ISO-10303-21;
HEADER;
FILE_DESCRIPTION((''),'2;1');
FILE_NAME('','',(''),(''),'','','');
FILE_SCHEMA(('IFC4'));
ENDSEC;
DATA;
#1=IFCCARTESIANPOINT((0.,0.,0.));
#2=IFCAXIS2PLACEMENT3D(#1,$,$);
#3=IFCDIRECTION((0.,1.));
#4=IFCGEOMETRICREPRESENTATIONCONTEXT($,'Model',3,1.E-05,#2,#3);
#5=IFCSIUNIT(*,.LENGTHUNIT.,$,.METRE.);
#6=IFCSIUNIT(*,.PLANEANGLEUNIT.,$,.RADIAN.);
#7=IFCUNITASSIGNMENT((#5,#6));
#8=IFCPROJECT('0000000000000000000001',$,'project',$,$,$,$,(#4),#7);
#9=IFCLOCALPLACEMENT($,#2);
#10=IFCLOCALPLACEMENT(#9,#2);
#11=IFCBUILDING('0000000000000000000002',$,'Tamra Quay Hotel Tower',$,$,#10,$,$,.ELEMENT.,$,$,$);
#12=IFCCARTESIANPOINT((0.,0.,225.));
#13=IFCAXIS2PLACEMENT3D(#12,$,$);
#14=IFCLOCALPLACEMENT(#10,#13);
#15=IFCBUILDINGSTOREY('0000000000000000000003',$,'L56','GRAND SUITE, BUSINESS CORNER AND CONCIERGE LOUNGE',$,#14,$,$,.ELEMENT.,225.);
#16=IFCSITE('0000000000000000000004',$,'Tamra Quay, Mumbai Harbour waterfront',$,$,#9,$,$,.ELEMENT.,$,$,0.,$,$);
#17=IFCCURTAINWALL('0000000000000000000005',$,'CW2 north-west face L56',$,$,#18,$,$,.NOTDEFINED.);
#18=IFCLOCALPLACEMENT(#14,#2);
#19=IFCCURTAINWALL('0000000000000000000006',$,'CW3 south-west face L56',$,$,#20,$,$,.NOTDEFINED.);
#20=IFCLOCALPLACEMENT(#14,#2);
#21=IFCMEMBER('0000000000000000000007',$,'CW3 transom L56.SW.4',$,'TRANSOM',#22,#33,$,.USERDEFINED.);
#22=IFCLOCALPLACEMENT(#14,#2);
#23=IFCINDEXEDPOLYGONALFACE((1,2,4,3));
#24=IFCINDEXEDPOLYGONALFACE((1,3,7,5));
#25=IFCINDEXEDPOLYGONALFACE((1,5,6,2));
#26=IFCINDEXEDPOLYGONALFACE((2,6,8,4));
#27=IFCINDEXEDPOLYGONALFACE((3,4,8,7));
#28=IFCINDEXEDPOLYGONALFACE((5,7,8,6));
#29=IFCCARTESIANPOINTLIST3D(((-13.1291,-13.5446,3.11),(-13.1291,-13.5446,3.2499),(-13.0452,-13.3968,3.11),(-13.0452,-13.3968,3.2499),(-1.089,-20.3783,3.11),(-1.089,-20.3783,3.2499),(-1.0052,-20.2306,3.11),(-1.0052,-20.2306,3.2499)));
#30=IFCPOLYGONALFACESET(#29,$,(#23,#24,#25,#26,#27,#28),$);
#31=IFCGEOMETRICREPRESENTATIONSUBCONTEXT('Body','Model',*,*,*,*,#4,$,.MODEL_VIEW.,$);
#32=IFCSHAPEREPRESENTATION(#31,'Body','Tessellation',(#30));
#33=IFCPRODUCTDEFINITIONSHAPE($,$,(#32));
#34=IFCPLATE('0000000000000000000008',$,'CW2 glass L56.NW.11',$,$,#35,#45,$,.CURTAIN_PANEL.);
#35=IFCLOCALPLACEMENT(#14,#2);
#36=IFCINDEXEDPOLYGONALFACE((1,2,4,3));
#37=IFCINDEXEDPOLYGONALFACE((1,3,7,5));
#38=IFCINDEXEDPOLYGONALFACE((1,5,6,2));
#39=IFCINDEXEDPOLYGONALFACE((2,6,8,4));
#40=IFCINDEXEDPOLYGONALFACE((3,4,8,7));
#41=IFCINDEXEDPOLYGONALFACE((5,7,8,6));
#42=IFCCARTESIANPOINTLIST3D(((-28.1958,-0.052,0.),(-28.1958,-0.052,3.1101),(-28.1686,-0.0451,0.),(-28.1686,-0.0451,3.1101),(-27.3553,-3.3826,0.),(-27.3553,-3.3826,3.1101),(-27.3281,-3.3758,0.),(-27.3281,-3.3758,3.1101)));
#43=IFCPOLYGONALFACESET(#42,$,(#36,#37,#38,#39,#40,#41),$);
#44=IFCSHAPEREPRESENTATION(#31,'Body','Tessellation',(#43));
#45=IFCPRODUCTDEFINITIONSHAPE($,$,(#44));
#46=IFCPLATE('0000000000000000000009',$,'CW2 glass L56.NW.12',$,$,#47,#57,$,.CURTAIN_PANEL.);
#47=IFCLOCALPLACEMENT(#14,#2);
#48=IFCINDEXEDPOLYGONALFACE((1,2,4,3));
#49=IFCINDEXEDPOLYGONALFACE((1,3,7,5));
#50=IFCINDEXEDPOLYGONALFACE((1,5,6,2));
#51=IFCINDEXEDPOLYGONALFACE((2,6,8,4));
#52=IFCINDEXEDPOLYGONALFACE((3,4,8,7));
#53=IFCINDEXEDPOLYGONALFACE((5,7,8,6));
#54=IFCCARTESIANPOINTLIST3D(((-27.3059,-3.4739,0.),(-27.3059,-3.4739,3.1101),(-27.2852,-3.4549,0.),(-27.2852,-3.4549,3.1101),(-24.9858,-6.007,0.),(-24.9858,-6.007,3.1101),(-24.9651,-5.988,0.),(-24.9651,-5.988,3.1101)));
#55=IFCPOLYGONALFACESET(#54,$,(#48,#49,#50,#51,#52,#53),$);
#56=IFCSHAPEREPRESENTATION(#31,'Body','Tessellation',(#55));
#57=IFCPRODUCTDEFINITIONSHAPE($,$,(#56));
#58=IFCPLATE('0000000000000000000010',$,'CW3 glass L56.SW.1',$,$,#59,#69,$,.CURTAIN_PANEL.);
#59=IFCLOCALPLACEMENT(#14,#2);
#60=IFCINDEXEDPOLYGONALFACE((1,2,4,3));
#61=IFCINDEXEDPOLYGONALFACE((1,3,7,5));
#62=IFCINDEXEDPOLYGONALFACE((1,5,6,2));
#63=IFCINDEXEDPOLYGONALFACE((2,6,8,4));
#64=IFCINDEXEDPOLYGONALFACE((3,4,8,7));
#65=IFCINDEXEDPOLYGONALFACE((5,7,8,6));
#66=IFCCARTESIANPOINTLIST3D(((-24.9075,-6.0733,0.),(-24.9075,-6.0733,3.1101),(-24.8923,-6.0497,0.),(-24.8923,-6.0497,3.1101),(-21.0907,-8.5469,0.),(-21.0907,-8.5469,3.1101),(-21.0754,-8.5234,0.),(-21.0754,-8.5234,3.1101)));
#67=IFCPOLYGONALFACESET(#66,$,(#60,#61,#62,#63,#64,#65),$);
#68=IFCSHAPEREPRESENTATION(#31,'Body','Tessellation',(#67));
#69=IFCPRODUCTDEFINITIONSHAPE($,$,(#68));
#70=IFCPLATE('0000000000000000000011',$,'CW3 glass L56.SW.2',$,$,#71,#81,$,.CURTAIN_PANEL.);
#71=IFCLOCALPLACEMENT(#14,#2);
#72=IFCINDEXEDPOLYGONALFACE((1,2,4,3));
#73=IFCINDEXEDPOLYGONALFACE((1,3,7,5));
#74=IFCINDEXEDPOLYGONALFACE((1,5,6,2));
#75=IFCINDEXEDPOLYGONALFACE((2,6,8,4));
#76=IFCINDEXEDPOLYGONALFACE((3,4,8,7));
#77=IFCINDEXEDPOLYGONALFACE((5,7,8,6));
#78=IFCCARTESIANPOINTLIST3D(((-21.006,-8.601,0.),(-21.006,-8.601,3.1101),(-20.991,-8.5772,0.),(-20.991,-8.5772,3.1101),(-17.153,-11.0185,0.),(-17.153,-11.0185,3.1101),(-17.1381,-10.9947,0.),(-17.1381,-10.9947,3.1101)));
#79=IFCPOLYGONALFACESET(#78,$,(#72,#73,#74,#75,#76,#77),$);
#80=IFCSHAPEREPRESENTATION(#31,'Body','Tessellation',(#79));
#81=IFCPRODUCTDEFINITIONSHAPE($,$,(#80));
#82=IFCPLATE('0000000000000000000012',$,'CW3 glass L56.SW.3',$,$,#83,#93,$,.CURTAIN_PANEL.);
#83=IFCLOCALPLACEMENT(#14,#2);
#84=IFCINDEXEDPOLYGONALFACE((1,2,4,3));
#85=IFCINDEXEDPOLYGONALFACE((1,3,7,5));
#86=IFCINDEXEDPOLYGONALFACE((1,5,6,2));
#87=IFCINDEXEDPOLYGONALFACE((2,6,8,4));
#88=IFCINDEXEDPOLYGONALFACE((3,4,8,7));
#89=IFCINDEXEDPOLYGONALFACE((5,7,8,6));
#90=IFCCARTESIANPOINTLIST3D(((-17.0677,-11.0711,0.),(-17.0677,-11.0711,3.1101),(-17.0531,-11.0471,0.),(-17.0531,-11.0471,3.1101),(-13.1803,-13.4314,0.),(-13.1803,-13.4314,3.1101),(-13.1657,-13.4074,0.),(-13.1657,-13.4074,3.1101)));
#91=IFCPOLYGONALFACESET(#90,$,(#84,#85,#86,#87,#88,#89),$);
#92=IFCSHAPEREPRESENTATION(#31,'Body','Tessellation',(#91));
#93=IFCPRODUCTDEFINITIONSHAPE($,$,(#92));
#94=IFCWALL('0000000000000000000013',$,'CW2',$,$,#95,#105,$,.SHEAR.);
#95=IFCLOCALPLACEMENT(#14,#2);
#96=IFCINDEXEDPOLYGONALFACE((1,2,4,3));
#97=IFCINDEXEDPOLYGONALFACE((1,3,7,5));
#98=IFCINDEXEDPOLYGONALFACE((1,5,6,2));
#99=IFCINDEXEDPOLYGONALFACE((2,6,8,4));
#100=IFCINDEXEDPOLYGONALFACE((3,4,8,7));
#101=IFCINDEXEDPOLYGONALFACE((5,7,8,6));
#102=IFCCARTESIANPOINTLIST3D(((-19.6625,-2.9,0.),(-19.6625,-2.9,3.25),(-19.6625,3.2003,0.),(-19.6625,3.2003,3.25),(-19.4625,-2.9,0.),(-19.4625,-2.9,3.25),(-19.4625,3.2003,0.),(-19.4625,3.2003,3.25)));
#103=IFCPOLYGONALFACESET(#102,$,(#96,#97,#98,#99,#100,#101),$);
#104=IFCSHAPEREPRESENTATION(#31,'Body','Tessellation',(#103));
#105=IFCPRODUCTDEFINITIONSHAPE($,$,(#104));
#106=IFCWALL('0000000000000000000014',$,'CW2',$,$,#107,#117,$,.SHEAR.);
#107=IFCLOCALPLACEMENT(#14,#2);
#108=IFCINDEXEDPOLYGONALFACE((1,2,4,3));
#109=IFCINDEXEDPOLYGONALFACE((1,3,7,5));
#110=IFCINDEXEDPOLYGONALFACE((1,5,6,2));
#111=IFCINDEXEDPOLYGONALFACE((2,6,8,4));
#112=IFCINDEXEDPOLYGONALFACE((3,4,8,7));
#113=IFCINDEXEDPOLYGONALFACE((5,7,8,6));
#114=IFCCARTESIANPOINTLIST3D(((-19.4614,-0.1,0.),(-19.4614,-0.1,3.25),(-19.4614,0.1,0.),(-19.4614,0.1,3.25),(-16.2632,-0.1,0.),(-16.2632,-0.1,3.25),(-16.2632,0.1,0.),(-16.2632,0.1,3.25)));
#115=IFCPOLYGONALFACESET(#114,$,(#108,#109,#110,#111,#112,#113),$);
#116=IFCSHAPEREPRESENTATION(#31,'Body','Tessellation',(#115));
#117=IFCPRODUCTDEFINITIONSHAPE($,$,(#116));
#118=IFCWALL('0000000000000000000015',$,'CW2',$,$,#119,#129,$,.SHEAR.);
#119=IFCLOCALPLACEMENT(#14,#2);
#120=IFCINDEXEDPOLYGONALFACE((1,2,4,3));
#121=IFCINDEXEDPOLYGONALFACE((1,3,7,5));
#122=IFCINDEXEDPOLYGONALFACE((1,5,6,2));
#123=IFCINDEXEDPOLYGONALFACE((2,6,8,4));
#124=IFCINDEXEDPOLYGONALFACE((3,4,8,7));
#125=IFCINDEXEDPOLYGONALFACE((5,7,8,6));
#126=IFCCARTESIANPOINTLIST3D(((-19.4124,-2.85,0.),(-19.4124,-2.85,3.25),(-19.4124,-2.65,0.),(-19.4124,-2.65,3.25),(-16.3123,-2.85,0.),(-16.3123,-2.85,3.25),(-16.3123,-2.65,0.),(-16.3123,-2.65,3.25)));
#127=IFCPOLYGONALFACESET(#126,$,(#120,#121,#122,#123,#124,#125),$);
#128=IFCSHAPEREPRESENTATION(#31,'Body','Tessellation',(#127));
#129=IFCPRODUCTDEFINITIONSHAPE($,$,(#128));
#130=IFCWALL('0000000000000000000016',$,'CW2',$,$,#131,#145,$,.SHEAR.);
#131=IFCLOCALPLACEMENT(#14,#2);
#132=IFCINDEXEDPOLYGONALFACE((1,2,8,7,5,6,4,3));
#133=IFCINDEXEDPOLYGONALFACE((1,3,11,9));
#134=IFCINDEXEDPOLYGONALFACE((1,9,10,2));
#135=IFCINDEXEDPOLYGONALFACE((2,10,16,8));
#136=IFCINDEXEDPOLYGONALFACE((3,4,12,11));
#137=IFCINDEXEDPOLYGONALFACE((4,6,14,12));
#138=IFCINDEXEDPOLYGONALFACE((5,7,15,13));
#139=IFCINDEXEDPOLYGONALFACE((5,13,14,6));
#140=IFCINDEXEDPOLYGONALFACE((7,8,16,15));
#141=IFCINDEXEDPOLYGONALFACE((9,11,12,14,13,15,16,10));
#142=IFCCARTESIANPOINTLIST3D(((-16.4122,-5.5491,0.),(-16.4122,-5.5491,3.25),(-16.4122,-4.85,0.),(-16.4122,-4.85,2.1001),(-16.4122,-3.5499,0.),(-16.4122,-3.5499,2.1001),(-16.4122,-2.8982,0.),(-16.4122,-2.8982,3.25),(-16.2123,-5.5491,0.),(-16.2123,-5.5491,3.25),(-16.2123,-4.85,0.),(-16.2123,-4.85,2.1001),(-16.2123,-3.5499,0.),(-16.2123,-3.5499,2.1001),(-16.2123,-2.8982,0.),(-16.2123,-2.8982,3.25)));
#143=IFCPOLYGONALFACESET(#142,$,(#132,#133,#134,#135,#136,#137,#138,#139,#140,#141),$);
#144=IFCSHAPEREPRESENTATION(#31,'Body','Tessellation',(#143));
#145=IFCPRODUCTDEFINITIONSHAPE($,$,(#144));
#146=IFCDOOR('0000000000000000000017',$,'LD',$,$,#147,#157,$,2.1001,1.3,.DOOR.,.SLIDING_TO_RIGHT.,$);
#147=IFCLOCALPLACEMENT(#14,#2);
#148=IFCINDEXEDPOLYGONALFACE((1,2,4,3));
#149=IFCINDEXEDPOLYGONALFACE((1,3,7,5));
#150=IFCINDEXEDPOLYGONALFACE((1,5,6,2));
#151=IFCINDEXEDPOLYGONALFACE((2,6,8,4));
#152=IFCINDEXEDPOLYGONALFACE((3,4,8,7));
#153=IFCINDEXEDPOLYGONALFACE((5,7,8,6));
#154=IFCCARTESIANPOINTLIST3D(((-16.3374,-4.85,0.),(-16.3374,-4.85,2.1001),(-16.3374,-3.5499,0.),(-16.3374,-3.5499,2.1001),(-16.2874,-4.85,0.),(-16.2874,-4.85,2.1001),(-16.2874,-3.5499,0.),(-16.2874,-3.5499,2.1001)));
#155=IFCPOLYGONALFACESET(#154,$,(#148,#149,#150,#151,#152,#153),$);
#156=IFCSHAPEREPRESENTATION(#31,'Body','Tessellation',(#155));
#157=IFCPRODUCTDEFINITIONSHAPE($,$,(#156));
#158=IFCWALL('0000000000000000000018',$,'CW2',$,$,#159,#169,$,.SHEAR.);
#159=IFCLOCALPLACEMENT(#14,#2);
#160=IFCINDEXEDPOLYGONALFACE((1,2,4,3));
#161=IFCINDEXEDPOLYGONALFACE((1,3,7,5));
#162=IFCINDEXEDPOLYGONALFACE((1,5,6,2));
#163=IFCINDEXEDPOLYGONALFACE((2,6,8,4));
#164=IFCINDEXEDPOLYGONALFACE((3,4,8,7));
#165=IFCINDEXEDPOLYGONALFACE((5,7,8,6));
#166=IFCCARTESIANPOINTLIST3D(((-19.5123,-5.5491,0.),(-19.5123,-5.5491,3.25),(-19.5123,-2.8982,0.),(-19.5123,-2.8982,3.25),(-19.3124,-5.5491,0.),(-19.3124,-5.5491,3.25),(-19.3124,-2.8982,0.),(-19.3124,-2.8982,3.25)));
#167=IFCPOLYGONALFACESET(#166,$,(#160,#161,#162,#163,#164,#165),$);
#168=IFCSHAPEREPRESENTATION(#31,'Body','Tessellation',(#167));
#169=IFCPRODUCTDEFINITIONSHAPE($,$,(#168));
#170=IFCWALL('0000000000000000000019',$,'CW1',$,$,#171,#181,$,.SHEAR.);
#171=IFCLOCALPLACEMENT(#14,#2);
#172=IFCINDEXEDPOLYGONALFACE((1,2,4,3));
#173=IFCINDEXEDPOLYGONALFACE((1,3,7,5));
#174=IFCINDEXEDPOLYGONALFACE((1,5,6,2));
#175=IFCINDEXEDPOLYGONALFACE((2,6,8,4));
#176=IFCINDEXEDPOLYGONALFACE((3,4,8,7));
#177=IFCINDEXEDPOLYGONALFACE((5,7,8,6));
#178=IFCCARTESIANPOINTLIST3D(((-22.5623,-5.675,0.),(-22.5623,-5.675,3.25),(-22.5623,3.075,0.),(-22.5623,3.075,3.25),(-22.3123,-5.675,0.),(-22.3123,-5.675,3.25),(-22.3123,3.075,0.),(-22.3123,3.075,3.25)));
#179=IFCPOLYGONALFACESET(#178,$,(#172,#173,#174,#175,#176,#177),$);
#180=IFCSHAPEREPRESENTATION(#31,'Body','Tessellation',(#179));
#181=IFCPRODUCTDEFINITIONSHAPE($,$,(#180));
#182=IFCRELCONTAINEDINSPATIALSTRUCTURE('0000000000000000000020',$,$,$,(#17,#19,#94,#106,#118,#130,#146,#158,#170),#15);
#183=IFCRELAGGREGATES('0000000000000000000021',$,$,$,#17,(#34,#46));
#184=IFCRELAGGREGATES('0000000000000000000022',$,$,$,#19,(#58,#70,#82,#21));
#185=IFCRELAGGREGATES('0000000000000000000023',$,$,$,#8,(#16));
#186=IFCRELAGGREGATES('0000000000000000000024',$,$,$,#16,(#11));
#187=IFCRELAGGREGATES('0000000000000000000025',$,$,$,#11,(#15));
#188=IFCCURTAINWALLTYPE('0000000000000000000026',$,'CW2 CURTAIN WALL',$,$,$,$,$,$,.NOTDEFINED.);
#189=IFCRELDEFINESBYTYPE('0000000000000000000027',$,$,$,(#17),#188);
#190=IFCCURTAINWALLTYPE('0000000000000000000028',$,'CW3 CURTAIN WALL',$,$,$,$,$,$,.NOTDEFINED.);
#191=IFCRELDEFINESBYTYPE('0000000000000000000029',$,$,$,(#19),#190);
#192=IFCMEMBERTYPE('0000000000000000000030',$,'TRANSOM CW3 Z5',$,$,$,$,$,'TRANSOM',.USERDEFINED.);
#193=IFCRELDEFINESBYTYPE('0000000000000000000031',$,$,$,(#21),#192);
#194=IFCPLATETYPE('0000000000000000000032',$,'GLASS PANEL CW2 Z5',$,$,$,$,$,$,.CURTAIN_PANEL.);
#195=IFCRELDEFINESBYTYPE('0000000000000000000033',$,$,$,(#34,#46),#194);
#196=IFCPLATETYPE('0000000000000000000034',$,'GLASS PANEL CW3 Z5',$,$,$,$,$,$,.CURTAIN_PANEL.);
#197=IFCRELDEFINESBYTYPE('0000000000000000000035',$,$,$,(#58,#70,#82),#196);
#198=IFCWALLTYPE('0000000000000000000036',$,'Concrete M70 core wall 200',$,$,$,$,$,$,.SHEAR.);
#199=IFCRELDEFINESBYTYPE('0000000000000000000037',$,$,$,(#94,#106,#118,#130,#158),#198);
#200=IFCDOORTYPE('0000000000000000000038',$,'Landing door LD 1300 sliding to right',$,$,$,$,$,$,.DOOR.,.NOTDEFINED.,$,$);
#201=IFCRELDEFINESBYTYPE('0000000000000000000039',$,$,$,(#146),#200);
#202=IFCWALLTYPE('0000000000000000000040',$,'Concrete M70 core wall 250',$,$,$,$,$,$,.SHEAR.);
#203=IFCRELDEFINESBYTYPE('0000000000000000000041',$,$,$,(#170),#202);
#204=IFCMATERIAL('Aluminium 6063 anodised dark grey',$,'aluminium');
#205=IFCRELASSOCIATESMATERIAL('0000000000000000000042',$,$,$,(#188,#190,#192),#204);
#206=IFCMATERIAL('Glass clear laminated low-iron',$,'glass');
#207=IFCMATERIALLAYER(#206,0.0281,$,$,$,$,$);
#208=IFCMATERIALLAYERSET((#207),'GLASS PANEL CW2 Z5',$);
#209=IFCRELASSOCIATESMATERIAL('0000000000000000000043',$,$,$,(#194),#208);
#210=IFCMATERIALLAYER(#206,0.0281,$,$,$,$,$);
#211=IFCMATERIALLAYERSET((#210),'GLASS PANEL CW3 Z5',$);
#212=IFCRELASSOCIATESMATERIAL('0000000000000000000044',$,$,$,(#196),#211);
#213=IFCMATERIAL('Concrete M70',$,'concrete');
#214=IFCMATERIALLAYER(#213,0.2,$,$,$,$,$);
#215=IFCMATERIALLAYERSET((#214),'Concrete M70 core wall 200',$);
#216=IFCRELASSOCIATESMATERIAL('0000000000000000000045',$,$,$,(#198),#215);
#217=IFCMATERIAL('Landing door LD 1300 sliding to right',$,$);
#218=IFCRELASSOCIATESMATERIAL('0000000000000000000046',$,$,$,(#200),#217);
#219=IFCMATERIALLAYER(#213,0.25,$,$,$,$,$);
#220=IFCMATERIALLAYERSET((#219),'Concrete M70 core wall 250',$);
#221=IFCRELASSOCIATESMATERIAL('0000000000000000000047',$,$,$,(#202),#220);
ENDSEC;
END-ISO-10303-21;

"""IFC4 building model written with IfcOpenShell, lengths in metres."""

from ifc_helpers import new_model, si_unit, direction, frame, frame_2d, origin, origin_2d, place, context, subcontext, project, spatial, rectangle, extrude, material, layer, layer_set, material_profile, profile_set, type_object, element, fill, aggregate, save


model = new_model("IFC4")

# Units and contexts
model_context = context("Model", 3, precision=1e-05, world=origin(), true_north=direction((0.0, 1.0)))
body_context = subcontext(model_context, "Body", "Model", "MODEL_VIEW")
ifc_project = project(units=[si_unit("LENGTHUNIT", "METRE"), si_unit("PLANEANGLEUNIT", "RADIAN")], contexts=[model_context])

# Site, building, storey
site_placement = place(None, origin())
site = spatial("IfcSite", under=ifc_project, at=site_placement, Name="Tamra Quay, Mumbai Harbour waterfront", CompositionType="ELEMENT", RefElevation=0.0)
building_placement = place(site_placement, origin())
building = spatial("IfcBuilding", under=site, at=building_placement, Name="Tamra Quay Hotel Tower", CompositionType="ELEMENT")
storey_placement = place(building_placement, frame((0.0, 0.0, 225.0)))
storey = spatial("IfcBuildingStorey", under=building, at=storey_placement, Name="L56", Description="GRAND SUITE, BUSINESS CORNER AND CONCIERGE LOUNGE", CompositionType="ELEMENT", Elevation=225.0)

# Shared definitions
ifc_material_1 = material(Name="Concrete M70", Category="concrete")

# Curtain wall
ifc_material_2 = material(Name="Aluminium 6063 anodised dark grey", Category="aluminium")
curtain_wall_type_1 = type_object("IfcCurtainWallType", Name="CW2 CURTAIN WALL", PredefinedType="NOTDEFINED", material=ifc_material_2)
curtain_wall_1_placement = place(storey_placement, origin())
curtain_wall_1 = element("IfcCurtainWall", 1, at=curtain_wall_1_placement, inside=storey, type_object=curtain_wall_type_1, Name="CW2 north-west face L56", PredefinedType="NOTDEFINED")

# Curtain wall
curtain_wall_type_2 = type_object("IfcCurtainWallType", Name="CW3 CURTAIN WALL", PredefinedType="NOTDEFINED", material=ifc_material_2)
curtain_wall_2_placement = place(storey_placement, origin())
curtain_wall_2 = element("IfcCurtainWall", 2, at=curtain_wall_2_placement, inside=storey, type_object=curtain_wall_type_2, Name="CW3 south-west face L56", PredefinedType="NOTDEFINED")

# Member
ifc_material_profile_1 = material_profile(ifc_material_2, rectangle(XDim=0.1699, YDim=0.1399, at=origin_2d()), Name="TRANSOM 170X140")
ifc_profile_set_1 = profile_set([ifc_material_profile_1], Name="Aluminium 6063 anodised dark grey")
member_type_1 = type_object("IfcMemberType", Name="TRANSOM CW3 Z5", ElementType="TRANSOM", PredefinedType="USERDEFINED", material=ifc_profile_set_1)
member_1_placement = place(storey_placement, frame((-13.0872, -13.4707, 3.1799), z_axis=(0.86968, -0.493617, 0.0), x_axis=(0.493617, 0.86968, 0.0)))
member_1 = element("IfcMember", 3, at=member_1_placement, type_object=member_type_1, Name="CW3 transom L56.SW.4", ObjectType="TRANSOM", PredefinedType="USERDEFINED", context=body_context, shape_type="SweptSolid", body=[
    extrude(rectangle(XDim=0.1699, YDim=0.1399, at=origin_2d()), origin(), (0.0, 0.0, 1.0), 13.8442),
])

# Plates
ifc_material_3 = material(Name="Glass clear laminated low-iron", Category="glass")
ifc_layer_1 = layer(ifc_material_3, 0.0281)
ifc_layer_set_1 = layer_set([ifc_layer_1], Name="GLASS PANEL CW2 Z5")
plate_type_1 = type_object("IfcPlateType", Name="GLASS PANEL CW2 Z5", PredefinedType="CURTAIN_PANEL", material=ifc_layer_set_1)
plate_1_placement = place(storey_placement, frame((-27.762, -1.7139, 0.0), z_axis=(0.0, 0.0, 1.0), x_axis=(0.244677, -0.969605, 0.0)))
plate_1 = element("IfcPlate", 4, at=plate_1_placement, type_object=plate_type_1, Name="CW2 glass L56.NW.11", PredefinedType="CURTAIN_PANEL", context=body_context, shape_type="SweptSolid", body=[
    extrude(rectangle(XDim=3.4351, YDim=0.0281, at=origin_2d()), origin(), (0.0, 0.0, 1.0), 3.1101),
])
plate_2_placement = place(storey_placement, frame((-26.1355, -4.731, 0.0), z_axis=(0.0, 0.0, 1.0), x_axis=(0.675438, -0.737417, 0.0)))
plate_2 = element("IfcPlate", 5, at=plate_2_placement, type_object=plate_type_1, Name="CW2 glass L56.NW.12", PredefinedType="CURTAIN_PANEL", context=body_context, shape_type="SweptSolid", body=[
    extrude(rectangle(XDim=3.4351, YDim=0.0281, at=origin_2d()), origin(), (0.0, 0.0, 1.0), 3.1101),
])
aggregate(curtain_wall_1, [plate_1, plate_2])
ifc_layer_2 = layer(ifc_material_3, 0.0281)
ifc_layer_set_2 = layer_set([ifc_layer_2], Name="GLASS PANEL CW3 Z5")
plate_type_2 = type_object("IfcPlateType", Name="GLASS PANEL CW3 Z5", PredefinedType="CURTAIN_PANEL", material=ifc_layer_set_2)
plate_3_placement = place(storey_placement, frame((-22.9915, -7.2983, 0.0), z_axis=(0.0, 0.0, 1.0), x_axis=(0.839179, -0.543856, 0.0)))
plate_3 = element("IfcPlate", 6, at=plate_3_placement, type_object=plate_type_2, Name="CW3 glass L56.SW.1", PredefinedType="CURTAIN_PANEL", context=body_context, shape_type="SweptSolid", body=[
    extrude(rectangle(XDim=4.5483, YDim=0.0281, at=origin_2d()), origin(), (0.0, 0.0, 1.0), 3.1101),
])
plate_4_placement = place(storey_placement, frame((-19.072, -9.7979, 0.0), z_axis=(0.0, 0.0, 1.0), x_axis=(0.847068, -0.531484, 0.0)))
plate_4 = element("IfcPlate", 7, at=plate_4_placement, type_object=plate_type_2, Name="CW3 glass L56.SW.2", PredefinedType="CURTAIN_PANEL", context=body_context, shape_type="SweptSolid", body=[
    extrude(rectangle(XDim=4.5486, YDim=0.0281, at=origin_2d()), origin(), (0.0, 0.0, 1.0), 3.1101),
])
plate_5_placement = place(storey_placement, frame((-15.1167, -12.2393, 0.0), z_axis=(0.0, 0.0, 1.0), x_axis=(0.854783, -0.518985, 0.0)))
plate_5 = element("IfcPlate", 8, at=plate_5_placement, type_object=plate_type_2, Name="CW3 glass L56.SW.3", PredefinedType="CURTAIN_PANEL", context=body_context, shape_type="SweptSolid", body=[
    extrude(rectangle(XDim=4.5479, YDim=0.0281, at=origin_2d()), origin(), (0.0, 0.0, 1.0), 3.1101),
])
aggregate(curtain_wall_2, [plate_3, plate_4, plate_5, member_1])

# Walls
ifc_layer_3 = layer(ifc_material_1, 0.2)
ifc_layer_set_3 = layer_set([ifc_layer_3], Name="Concrete M70 core wall 200")
wall_type_1 = type_object("IfcWallType", Name="Concrete M70 core wall 200", PredefinedType="SHEAR", material=ifc_layer_set_3)
wall_1_placement = place(storey_placement, frame((-19.5625, -2.9001, 0.0), z_axis=(0.0, 0.0, 1.0), x_axis=(0.0, 1.0, 0.0)))
element("IfcWall", 9, at=wall_1_placement, inside=storey, type_object=wall_type_1, Name="CW2", PredefinedType="SHEAR", context=body_context, shape_type="SweptSolid", body=[
    extrude(rectangle(XDim=6.1003, YDim=0.2, at=frame_2d((3.0503, 0.0))), origin(), (0.0, 0.0, 1.0), 3.25),
])
wall_2_placement = place(storey_placement, frame((-16.2632, 0.0, 0.0), z_axis=(0.0, 0.0, 1.0), x_axis=(-1.0, 0.0, 0.0)))
element("IfcWall", 10, at=wall_2_placement, inside=storey, type_object=wall_type_1, Name="CW2", PredefinedType="SHEAR", context=body_context, shape_type="SweptSolid", body=[
    extrude(rectangle(XDim=3.1982, YDim=0.2, at=frame_2d((1.5991, 0.0))), origin(), (0.0, 0.0, 1.0), 3.25),
])
wall_3_placement = place(storey_placement, frame((-19.4124, -2.75, 0.0), z_axis=(0.0, 0.0, 1.0), x_axis=(1.0, 0.0, 0.0)))
element("IfcWall", 11, at=wall_3_placement, inside=storey, type_object=wall_type_1, Name="CW2", PredefinedType="SHEAR", context=body_context, shape_type="SweptSolid", body=[
    extrude(rectangle(XDim=3.1001, YDim=0.2, at=frame_2d((1.55, 0.0))), origin(), (0.0, 0.0, 1.0), 3.25),
])

# Wall, opening, door
wall_4_placement = place(storey_placement, frame((-16.3123, -2.8982, 0.0), z_axis=(0.0, 0.0, 1.0), x_axis=(0.0, -1.0, 0.0)))
wall_4 = element("IfcWall", 12, at=wall_4_placement, inside=storey, type_object=wall_type_1, Name="CW2", PredefinedType="SHEAR", context=body_context, shape_type="SweptSolid", body=[
    extrude(rectangle(XDim=2.6509, YDim=0.2, at=frame_2d((1.3254, 0.0))), origin(), (0.0, 0.0, 1.0), 3.25),
])
opening_1_placement = place(wall_4_placement, frame((0.6519, 0.0, 0.0)))
opening_1 = element("IfcOpeningElement", 13, at=opening_1_placement, cuts=wall_4, PredefinedType="OPENING", context=body_context, shape_type="SweptSolid", body=[
    extrude(rectangle(XDim=1.3, YDim=2.1001, at=frame_2d((0.6499, 1.05))), frame((0.0, 0.1099, 0.0), z_axis=(0.0, -1.0, 0.0), x_axis=(1.0, 0.0, 0.0)), (0.0, 0.0, 1.0), 0.22),
])
ifc_material_4 = material(Name="Landing door LD 1300 sliding to right")
door_type_1 = type_object("IfcDoorType", Name="Landing door LD 1300 sliding to right", OperationType="NOTDEFINED", PredefinedType="DOOR", material=ifc_material_4)
door_1_placement = place(opening_1_placement, origin())
door_1 = element("IfcDoor", 14, at=door_1_placement, inside=storey, type_object=door_type_1, Name="LD", OperationType="SLIDING_TO_RIGHT", OverallHeight=2.1001, OverallWidth=1.3, PredefinedType="DOOR", context=body_context, shape_type="SweptSolid", body=[
    extrude(rectangle(XDim=1.3, YDim=2.1001, at=frame_2d((0.6499, 1.05))), frame((0.0, 0.0249, 0.0), z_axis=(0.0, -1.0, 0.0), x_axis=(1.0, 0.0, 0.0)), (0.0, 0.0, 1.0), 0.05),
])
fill(opening_1, door_1)

# Walls
wall_5_placement = place(storey_placement, frame((-19.4124, -5.5491, 0.0), z_axis=(0.0, 0.0, 1.0), x_axis=(0.0, 1.0, 0.0)))
element("IfcWall", 15, at=wall_5_placement, inside=storey, type_object=wall_type_1, Name="CW2", PredefinedType="SHEAR", context=body_context, shape_type="SweptSolid", body=[
    extrude(rectangle(XDim=2.6509, YDim=0.2, at=frame_2d((1.3254, 0.0))), origin(), (0.0, 0.0, 1.0), 3.25),
])
ifc_layer_4 = layer(ifc_material_1, 0.25)
ifc_layer_set_4 = layer_set([ifc_layer_4], Name="Concrete M70 core wall 250")
wall_type_2 = type_object("IfcWallType", Name="Concrete M70 core wall 250", PredefinedType="SHEAR", material=ifc_layer_set_4)
wall_6_placement = place(storey_placement, frame((-22.4373, -5.675, 0.0), z_axis=(0.0, 0.0, 1.0), x_axis=(0.0, 1.0, 0.0)))
element("IfcWall", 16, at=wall_6_placement, inside=storey, type_object=wall_type_2, Name="CW1", PredefinedType="SHEAR", context=body_context, shape_type="SweptSolid", body=[
    extrude(rectangle(XDim=8.75, YDim=0.25, at=frame_2d((4.375, 0.0))), origin(), (0.0, 0.0, 1.0), 3.25),
])

save(model, "model.ifc")
